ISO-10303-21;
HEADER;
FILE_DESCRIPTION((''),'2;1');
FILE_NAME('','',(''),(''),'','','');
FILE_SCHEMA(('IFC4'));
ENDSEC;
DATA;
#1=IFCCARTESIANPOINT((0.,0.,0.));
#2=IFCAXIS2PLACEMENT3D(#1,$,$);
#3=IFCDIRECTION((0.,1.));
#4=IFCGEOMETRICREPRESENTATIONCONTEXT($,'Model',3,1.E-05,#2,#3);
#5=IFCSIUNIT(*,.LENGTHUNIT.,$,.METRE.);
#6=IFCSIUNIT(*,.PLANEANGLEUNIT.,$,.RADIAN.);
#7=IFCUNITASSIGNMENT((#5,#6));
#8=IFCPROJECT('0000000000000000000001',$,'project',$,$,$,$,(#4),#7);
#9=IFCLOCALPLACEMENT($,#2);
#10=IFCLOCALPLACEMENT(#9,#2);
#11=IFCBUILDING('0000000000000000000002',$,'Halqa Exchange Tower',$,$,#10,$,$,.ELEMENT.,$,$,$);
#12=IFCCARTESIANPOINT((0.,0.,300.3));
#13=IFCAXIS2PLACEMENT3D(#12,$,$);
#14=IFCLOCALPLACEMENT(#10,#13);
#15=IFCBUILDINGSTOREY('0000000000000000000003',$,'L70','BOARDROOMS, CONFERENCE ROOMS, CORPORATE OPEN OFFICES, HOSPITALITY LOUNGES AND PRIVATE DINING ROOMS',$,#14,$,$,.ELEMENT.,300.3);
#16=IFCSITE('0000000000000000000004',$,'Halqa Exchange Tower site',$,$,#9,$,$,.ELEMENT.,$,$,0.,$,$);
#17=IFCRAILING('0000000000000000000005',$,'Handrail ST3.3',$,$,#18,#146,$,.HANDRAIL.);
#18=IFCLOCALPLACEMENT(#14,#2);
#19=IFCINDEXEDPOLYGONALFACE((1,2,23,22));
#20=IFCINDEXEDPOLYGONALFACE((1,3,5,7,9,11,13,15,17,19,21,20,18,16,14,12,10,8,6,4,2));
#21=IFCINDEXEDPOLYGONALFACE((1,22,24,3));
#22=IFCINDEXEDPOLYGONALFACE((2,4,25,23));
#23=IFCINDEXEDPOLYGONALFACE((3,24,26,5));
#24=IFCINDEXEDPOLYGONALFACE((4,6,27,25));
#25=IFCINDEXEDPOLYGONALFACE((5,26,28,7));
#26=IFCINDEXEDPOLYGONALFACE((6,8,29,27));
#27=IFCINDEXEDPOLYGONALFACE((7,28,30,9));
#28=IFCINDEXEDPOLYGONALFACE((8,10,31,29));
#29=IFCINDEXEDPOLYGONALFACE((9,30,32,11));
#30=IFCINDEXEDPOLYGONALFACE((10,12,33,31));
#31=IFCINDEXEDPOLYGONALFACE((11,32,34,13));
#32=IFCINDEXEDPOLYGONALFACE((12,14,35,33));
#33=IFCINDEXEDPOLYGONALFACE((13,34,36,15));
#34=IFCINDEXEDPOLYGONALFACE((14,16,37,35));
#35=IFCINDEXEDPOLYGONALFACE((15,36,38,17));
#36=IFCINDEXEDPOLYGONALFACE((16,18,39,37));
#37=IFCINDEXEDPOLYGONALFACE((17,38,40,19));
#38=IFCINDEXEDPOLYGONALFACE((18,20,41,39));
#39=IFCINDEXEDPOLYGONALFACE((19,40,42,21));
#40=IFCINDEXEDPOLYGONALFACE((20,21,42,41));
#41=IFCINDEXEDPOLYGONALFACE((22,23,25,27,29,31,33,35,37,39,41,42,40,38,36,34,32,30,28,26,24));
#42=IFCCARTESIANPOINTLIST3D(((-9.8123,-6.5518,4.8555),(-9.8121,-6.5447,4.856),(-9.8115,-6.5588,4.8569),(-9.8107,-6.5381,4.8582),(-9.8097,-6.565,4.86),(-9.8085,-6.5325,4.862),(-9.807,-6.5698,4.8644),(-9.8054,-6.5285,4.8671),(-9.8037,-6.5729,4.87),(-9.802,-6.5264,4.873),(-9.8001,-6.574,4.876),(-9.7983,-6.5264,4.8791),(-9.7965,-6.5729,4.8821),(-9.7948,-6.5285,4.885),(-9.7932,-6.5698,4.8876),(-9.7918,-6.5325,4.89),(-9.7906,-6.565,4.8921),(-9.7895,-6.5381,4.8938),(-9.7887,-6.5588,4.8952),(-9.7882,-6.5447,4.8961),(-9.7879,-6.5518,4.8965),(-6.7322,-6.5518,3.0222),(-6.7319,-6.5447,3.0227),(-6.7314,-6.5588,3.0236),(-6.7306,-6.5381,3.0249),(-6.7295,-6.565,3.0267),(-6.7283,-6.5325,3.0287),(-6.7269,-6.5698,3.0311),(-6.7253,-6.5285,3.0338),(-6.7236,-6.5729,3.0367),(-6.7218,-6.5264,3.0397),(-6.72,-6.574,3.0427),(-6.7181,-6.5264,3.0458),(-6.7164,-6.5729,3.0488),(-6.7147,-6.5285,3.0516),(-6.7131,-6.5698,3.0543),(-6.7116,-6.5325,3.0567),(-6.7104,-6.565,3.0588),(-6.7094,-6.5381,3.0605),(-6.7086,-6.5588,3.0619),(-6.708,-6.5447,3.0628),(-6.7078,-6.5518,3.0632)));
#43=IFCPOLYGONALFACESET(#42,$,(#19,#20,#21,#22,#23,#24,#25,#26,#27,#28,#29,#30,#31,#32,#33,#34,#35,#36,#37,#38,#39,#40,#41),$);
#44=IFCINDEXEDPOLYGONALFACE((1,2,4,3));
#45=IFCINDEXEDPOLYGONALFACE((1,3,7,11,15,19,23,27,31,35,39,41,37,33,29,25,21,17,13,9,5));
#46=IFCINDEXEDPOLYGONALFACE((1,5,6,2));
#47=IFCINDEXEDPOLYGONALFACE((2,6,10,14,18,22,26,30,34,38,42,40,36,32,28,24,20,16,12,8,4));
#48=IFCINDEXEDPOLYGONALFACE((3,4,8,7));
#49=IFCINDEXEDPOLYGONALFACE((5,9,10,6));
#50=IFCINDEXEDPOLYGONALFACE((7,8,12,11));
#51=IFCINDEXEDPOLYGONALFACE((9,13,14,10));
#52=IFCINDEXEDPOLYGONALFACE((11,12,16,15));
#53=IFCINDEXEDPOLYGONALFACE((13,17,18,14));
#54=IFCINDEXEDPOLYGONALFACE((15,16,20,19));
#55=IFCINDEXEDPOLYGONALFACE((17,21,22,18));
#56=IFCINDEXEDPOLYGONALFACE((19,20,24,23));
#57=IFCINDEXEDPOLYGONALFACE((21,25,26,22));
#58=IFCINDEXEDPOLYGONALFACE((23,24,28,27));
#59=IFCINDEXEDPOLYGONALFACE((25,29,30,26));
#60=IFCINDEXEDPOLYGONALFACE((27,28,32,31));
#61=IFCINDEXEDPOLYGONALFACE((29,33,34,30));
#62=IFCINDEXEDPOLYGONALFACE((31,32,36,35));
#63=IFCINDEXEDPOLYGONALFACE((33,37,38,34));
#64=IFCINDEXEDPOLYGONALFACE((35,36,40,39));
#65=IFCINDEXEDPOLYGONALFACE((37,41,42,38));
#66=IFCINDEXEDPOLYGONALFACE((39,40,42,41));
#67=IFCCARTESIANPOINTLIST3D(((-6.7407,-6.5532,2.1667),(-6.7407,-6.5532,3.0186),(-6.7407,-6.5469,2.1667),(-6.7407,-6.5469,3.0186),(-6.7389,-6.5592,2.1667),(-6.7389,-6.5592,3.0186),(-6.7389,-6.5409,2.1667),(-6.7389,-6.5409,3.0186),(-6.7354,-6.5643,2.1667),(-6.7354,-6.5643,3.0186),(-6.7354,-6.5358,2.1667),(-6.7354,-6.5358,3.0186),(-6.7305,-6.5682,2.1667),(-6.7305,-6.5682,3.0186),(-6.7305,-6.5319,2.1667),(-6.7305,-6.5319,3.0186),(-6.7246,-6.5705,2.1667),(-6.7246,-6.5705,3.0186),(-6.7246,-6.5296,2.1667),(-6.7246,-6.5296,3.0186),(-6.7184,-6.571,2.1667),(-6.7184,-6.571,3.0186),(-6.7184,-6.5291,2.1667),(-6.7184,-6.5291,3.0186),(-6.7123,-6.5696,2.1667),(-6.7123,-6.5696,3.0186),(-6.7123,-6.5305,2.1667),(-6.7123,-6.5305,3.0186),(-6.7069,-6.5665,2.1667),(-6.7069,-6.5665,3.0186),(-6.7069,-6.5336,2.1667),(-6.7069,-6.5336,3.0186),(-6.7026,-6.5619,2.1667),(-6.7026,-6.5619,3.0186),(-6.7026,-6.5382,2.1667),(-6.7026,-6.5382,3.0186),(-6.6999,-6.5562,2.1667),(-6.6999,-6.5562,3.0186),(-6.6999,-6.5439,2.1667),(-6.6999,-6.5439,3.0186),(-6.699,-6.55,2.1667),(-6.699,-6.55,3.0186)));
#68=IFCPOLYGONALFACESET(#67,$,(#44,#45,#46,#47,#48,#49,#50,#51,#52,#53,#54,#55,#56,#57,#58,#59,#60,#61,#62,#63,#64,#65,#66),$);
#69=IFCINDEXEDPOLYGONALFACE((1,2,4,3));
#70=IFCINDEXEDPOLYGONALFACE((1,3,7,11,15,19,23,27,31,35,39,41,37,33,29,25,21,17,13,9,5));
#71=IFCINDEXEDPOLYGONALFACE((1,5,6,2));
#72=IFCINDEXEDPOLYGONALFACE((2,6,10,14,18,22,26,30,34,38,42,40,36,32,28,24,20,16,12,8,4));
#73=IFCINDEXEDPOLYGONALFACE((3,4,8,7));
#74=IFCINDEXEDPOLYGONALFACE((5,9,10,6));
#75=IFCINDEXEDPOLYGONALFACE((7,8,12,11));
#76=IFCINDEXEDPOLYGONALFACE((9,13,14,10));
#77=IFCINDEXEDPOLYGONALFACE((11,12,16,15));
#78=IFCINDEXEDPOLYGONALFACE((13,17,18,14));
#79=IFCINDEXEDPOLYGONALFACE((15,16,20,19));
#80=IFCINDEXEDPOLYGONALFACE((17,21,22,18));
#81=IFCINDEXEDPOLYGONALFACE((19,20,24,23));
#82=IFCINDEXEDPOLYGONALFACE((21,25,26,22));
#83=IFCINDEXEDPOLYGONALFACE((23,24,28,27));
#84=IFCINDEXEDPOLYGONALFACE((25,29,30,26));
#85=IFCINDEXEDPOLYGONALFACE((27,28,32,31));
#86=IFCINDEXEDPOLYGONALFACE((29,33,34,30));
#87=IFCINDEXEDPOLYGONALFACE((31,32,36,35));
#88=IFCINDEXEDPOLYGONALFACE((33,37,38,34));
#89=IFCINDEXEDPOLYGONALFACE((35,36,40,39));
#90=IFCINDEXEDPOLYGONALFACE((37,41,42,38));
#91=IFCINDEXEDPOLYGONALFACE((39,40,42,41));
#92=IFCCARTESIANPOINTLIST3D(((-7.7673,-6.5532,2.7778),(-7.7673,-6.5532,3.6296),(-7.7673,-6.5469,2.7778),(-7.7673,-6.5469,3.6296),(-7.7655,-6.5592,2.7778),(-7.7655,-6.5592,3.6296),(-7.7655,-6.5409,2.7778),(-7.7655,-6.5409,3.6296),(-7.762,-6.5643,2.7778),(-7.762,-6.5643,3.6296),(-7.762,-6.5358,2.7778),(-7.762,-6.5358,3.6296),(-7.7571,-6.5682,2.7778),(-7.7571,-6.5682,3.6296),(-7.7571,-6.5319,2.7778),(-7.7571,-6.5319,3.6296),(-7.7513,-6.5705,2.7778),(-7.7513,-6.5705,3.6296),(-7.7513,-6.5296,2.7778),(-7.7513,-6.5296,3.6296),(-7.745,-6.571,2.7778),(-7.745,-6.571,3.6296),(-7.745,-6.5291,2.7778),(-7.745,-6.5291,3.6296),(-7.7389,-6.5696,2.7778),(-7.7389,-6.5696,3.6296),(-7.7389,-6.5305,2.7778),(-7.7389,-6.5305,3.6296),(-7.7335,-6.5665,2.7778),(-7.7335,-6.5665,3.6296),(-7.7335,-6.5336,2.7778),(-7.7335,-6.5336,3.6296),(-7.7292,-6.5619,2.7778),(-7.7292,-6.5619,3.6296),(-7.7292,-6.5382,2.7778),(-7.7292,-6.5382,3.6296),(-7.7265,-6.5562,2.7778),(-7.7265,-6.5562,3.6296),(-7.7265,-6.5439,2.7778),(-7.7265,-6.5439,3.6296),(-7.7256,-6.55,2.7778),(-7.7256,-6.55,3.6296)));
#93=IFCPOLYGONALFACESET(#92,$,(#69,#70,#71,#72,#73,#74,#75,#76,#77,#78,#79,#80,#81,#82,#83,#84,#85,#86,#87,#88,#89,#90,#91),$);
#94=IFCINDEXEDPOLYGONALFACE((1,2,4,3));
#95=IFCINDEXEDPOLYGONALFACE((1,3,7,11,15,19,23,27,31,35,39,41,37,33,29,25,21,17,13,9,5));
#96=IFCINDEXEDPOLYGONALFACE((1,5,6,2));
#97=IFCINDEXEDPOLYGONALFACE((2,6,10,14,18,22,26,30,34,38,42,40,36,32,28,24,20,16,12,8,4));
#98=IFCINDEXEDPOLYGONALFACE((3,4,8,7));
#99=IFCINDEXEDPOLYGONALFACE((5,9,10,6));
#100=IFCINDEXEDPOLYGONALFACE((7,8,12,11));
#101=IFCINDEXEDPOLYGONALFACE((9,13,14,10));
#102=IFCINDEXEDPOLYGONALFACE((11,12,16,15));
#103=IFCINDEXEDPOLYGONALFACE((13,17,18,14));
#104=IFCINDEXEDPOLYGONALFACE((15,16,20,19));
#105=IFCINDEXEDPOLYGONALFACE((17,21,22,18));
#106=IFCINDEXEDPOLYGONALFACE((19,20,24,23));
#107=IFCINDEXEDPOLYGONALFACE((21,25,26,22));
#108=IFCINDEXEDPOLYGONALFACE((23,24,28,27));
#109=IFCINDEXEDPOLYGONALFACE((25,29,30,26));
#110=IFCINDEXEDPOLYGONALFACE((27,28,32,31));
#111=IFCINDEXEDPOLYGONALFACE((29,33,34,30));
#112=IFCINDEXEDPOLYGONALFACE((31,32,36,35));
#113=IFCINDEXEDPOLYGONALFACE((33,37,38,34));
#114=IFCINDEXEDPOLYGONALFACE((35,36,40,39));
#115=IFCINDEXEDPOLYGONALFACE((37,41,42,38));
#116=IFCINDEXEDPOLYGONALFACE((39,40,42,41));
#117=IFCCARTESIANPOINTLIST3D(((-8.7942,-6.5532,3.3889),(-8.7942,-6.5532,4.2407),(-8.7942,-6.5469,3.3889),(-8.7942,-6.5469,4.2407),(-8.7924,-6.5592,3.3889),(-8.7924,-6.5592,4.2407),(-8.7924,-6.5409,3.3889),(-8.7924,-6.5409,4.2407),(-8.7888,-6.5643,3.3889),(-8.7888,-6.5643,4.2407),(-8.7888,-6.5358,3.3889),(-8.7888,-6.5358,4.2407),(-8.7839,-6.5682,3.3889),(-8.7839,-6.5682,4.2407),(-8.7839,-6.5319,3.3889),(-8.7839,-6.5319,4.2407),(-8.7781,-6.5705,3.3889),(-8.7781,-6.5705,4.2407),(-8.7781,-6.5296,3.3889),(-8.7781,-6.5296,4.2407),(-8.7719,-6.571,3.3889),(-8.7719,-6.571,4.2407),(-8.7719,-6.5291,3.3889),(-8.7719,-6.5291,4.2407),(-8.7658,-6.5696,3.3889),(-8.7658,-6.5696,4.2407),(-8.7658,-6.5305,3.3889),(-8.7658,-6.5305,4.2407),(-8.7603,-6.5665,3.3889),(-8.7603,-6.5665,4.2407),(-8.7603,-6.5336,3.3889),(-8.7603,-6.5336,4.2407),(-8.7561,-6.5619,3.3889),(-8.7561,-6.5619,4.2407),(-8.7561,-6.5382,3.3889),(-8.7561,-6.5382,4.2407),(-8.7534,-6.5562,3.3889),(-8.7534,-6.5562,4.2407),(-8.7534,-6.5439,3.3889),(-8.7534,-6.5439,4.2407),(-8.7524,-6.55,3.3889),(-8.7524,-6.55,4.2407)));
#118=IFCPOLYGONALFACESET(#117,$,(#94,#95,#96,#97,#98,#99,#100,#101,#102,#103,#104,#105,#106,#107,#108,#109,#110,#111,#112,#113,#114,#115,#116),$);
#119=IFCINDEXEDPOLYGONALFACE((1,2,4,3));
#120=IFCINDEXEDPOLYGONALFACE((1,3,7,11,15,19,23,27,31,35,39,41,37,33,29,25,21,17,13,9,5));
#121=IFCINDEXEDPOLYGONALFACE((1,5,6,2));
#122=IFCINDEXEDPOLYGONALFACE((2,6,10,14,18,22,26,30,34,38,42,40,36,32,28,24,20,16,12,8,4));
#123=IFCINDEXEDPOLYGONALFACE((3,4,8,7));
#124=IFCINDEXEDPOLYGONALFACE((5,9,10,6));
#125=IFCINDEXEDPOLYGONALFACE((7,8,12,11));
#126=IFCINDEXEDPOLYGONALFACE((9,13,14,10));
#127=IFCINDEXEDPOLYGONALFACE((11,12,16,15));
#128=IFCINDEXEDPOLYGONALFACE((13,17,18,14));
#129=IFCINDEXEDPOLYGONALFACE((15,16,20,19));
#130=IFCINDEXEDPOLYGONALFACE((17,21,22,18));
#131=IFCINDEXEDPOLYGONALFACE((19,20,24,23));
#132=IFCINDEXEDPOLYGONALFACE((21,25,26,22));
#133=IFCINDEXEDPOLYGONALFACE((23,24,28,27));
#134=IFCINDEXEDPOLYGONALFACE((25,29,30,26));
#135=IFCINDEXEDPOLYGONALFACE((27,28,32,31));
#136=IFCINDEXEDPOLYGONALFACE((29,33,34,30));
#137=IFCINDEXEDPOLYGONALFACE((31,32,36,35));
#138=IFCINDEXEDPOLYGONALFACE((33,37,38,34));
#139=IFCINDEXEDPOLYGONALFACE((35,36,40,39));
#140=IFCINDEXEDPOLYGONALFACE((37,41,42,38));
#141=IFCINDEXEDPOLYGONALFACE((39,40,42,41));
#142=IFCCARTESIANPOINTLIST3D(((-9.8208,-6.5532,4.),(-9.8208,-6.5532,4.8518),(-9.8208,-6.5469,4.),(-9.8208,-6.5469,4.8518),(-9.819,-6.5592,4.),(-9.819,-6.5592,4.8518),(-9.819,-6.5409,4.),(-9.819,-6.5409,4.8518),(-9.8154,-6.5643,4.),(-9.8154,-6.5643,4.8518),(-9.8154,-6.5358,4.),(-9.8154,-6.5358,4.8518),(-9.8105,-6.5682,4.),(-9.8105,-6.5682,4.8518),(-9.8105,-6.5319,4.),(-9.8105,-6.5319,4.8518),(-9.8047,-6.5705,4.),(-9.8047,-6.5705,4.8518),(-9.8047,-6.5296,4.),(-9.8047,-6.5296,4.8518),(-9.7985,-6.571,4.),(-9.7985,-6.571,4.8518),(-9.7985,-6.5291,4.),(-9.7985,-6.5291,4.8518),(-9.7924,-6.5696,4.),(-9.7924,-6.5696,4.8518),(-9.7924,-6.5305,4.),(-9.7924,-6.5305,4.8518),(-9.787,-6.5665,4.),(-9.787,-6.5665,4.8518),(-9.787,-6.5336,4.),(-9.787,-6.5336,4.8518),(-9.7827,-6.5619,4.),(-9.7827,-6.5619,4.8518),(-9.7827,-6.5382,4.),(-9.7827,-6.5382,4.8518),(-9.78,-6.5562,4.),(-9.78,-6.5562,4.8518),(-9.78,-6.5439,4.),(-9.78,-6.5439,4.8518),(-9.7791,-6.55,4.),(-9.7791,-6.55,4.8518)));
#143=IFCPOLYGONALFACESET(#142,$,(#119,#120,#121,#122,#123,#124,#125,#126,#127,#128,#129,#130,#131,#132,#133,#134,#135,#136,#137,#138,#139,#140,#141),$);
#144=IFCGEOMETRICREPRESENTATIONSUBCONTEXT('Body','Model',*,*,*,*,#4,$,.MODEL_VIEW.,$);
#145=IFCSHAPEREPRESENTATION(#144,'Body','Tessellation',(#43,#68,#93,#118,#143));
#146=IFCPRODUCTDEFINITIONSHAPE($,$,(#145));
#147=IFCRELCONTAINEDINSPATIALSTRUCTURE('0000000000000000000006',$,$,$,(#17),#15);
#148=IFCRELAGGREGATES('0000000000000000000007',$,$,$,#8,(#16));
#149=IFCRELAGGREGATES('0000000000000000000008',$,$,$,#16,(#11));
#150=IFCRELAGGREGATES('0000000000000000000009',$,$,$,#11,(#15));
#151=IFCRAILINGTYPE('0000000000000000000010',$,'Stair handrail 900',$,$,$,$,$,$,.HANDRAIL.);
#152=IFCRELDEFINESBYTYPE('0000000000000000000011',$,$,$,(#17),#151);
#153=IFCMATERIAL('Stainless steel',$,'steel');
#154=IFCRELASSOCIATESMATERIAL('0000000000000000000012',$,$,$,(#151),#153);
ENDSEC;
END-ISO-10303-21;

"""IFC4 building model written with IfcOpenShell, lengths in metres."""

from ifc_helpers import new_model, si_unit, direction, frame, origin, origin_2d, place, context, subcontext, project, spatial, circle, extrude, material, type_object, element, save


model = new_model("IFC4")

# Units and contexts
model_context = context("Model", 3, precision=1e-05, world=origin(), true_north=direction((0.0, 1.0)))
body_context = subcontext(model_context, "Body", "Model", "MODEL_VIEW")
ifc_project = project(units=[si_unit("LENGTHUNIT", "METRE"), si_unit("PLANEANGLEUNIT", "RADIAN")], contexts=[model_context])

# Site, building, storey
site_placement = place(None, origin())
site = spatial("IfcSite", under=ifc_project, at=site_placement, Name="Halqa Exchange Tower site", CompositionType="ELEMENT", RefElevation=0.0)
building_placement = place(site_placement, origin())
building = spatial("IfcBuilding", under=site, at=building_placement, Name="Halqa Exchange Tower", CompositionType="ELEMENT")
storey_placement = place(building_placement, frame((0.0, 0.0, 300.3)))
storey = spatial("IfcBuildingStorey", under=building, at=storey_placement, Name="L70", Description="BOARDROOMS, CONFERENCE ROOMS, CORPORATE OPEN OFFICES, HOSPITALITY LOUNGES AND PRIVATE DINING ROOMS", CompositionType="ELEMENT", Elevation=300.3)

# Shared definitions
ifc_material_1 = material(Name="Stainless steel", Category="steel")

# Railing
railing_type_1 = type_object("IfcRailingType", Name="Stair handrail 900", PredefinedType="HANDRAIL", material=ifc_material_1)
railing_1_placement = place(storey_placement, frame((-6.72, -6.55, 2.1667)))
element("IfcRailing", 1, at=railing_1_placement, inside=storey, type_object=railing_type_1, Name="Handrail ST3.3", PredefinedType="HANDRAIL", context=body_context, shape_type="SweptSolid", body=[
    extrude(circle(Radius=0.0239, at=origin_2d()), frame((0.0, 0.0, 0.876), z_axis=(-0.859309, 0.0, 0.511458), x_axis=(0.0, -1.0, 0.0)), (0.0, 0.0, 1.0), 3.5845),
    extrude(circle(Radius=0.021, at=origin_2d()), origin(), (0.0, 0.0, 1.0), 0.8518),
    extrude(circle(Radius=0.021, at=origin_2d()), frame((-1.0266, 0.0, 0.6111)), (0.0, 0.0, 1.0), 0.8518),
    extrude(circle(Radius=0.021, at=origin_2d()), frame((-2.0535, 0.0, 1.2222)), (0.0, 0.0, 1.0), 0.8518),
    extrude(circle(Radius=0.021, at=origin_2d()), frame((-3.0801, 0.0, 1.8333)), (0.0, 0.0, 1.0), 0.8518),
])

save(model, "model.ifc")
